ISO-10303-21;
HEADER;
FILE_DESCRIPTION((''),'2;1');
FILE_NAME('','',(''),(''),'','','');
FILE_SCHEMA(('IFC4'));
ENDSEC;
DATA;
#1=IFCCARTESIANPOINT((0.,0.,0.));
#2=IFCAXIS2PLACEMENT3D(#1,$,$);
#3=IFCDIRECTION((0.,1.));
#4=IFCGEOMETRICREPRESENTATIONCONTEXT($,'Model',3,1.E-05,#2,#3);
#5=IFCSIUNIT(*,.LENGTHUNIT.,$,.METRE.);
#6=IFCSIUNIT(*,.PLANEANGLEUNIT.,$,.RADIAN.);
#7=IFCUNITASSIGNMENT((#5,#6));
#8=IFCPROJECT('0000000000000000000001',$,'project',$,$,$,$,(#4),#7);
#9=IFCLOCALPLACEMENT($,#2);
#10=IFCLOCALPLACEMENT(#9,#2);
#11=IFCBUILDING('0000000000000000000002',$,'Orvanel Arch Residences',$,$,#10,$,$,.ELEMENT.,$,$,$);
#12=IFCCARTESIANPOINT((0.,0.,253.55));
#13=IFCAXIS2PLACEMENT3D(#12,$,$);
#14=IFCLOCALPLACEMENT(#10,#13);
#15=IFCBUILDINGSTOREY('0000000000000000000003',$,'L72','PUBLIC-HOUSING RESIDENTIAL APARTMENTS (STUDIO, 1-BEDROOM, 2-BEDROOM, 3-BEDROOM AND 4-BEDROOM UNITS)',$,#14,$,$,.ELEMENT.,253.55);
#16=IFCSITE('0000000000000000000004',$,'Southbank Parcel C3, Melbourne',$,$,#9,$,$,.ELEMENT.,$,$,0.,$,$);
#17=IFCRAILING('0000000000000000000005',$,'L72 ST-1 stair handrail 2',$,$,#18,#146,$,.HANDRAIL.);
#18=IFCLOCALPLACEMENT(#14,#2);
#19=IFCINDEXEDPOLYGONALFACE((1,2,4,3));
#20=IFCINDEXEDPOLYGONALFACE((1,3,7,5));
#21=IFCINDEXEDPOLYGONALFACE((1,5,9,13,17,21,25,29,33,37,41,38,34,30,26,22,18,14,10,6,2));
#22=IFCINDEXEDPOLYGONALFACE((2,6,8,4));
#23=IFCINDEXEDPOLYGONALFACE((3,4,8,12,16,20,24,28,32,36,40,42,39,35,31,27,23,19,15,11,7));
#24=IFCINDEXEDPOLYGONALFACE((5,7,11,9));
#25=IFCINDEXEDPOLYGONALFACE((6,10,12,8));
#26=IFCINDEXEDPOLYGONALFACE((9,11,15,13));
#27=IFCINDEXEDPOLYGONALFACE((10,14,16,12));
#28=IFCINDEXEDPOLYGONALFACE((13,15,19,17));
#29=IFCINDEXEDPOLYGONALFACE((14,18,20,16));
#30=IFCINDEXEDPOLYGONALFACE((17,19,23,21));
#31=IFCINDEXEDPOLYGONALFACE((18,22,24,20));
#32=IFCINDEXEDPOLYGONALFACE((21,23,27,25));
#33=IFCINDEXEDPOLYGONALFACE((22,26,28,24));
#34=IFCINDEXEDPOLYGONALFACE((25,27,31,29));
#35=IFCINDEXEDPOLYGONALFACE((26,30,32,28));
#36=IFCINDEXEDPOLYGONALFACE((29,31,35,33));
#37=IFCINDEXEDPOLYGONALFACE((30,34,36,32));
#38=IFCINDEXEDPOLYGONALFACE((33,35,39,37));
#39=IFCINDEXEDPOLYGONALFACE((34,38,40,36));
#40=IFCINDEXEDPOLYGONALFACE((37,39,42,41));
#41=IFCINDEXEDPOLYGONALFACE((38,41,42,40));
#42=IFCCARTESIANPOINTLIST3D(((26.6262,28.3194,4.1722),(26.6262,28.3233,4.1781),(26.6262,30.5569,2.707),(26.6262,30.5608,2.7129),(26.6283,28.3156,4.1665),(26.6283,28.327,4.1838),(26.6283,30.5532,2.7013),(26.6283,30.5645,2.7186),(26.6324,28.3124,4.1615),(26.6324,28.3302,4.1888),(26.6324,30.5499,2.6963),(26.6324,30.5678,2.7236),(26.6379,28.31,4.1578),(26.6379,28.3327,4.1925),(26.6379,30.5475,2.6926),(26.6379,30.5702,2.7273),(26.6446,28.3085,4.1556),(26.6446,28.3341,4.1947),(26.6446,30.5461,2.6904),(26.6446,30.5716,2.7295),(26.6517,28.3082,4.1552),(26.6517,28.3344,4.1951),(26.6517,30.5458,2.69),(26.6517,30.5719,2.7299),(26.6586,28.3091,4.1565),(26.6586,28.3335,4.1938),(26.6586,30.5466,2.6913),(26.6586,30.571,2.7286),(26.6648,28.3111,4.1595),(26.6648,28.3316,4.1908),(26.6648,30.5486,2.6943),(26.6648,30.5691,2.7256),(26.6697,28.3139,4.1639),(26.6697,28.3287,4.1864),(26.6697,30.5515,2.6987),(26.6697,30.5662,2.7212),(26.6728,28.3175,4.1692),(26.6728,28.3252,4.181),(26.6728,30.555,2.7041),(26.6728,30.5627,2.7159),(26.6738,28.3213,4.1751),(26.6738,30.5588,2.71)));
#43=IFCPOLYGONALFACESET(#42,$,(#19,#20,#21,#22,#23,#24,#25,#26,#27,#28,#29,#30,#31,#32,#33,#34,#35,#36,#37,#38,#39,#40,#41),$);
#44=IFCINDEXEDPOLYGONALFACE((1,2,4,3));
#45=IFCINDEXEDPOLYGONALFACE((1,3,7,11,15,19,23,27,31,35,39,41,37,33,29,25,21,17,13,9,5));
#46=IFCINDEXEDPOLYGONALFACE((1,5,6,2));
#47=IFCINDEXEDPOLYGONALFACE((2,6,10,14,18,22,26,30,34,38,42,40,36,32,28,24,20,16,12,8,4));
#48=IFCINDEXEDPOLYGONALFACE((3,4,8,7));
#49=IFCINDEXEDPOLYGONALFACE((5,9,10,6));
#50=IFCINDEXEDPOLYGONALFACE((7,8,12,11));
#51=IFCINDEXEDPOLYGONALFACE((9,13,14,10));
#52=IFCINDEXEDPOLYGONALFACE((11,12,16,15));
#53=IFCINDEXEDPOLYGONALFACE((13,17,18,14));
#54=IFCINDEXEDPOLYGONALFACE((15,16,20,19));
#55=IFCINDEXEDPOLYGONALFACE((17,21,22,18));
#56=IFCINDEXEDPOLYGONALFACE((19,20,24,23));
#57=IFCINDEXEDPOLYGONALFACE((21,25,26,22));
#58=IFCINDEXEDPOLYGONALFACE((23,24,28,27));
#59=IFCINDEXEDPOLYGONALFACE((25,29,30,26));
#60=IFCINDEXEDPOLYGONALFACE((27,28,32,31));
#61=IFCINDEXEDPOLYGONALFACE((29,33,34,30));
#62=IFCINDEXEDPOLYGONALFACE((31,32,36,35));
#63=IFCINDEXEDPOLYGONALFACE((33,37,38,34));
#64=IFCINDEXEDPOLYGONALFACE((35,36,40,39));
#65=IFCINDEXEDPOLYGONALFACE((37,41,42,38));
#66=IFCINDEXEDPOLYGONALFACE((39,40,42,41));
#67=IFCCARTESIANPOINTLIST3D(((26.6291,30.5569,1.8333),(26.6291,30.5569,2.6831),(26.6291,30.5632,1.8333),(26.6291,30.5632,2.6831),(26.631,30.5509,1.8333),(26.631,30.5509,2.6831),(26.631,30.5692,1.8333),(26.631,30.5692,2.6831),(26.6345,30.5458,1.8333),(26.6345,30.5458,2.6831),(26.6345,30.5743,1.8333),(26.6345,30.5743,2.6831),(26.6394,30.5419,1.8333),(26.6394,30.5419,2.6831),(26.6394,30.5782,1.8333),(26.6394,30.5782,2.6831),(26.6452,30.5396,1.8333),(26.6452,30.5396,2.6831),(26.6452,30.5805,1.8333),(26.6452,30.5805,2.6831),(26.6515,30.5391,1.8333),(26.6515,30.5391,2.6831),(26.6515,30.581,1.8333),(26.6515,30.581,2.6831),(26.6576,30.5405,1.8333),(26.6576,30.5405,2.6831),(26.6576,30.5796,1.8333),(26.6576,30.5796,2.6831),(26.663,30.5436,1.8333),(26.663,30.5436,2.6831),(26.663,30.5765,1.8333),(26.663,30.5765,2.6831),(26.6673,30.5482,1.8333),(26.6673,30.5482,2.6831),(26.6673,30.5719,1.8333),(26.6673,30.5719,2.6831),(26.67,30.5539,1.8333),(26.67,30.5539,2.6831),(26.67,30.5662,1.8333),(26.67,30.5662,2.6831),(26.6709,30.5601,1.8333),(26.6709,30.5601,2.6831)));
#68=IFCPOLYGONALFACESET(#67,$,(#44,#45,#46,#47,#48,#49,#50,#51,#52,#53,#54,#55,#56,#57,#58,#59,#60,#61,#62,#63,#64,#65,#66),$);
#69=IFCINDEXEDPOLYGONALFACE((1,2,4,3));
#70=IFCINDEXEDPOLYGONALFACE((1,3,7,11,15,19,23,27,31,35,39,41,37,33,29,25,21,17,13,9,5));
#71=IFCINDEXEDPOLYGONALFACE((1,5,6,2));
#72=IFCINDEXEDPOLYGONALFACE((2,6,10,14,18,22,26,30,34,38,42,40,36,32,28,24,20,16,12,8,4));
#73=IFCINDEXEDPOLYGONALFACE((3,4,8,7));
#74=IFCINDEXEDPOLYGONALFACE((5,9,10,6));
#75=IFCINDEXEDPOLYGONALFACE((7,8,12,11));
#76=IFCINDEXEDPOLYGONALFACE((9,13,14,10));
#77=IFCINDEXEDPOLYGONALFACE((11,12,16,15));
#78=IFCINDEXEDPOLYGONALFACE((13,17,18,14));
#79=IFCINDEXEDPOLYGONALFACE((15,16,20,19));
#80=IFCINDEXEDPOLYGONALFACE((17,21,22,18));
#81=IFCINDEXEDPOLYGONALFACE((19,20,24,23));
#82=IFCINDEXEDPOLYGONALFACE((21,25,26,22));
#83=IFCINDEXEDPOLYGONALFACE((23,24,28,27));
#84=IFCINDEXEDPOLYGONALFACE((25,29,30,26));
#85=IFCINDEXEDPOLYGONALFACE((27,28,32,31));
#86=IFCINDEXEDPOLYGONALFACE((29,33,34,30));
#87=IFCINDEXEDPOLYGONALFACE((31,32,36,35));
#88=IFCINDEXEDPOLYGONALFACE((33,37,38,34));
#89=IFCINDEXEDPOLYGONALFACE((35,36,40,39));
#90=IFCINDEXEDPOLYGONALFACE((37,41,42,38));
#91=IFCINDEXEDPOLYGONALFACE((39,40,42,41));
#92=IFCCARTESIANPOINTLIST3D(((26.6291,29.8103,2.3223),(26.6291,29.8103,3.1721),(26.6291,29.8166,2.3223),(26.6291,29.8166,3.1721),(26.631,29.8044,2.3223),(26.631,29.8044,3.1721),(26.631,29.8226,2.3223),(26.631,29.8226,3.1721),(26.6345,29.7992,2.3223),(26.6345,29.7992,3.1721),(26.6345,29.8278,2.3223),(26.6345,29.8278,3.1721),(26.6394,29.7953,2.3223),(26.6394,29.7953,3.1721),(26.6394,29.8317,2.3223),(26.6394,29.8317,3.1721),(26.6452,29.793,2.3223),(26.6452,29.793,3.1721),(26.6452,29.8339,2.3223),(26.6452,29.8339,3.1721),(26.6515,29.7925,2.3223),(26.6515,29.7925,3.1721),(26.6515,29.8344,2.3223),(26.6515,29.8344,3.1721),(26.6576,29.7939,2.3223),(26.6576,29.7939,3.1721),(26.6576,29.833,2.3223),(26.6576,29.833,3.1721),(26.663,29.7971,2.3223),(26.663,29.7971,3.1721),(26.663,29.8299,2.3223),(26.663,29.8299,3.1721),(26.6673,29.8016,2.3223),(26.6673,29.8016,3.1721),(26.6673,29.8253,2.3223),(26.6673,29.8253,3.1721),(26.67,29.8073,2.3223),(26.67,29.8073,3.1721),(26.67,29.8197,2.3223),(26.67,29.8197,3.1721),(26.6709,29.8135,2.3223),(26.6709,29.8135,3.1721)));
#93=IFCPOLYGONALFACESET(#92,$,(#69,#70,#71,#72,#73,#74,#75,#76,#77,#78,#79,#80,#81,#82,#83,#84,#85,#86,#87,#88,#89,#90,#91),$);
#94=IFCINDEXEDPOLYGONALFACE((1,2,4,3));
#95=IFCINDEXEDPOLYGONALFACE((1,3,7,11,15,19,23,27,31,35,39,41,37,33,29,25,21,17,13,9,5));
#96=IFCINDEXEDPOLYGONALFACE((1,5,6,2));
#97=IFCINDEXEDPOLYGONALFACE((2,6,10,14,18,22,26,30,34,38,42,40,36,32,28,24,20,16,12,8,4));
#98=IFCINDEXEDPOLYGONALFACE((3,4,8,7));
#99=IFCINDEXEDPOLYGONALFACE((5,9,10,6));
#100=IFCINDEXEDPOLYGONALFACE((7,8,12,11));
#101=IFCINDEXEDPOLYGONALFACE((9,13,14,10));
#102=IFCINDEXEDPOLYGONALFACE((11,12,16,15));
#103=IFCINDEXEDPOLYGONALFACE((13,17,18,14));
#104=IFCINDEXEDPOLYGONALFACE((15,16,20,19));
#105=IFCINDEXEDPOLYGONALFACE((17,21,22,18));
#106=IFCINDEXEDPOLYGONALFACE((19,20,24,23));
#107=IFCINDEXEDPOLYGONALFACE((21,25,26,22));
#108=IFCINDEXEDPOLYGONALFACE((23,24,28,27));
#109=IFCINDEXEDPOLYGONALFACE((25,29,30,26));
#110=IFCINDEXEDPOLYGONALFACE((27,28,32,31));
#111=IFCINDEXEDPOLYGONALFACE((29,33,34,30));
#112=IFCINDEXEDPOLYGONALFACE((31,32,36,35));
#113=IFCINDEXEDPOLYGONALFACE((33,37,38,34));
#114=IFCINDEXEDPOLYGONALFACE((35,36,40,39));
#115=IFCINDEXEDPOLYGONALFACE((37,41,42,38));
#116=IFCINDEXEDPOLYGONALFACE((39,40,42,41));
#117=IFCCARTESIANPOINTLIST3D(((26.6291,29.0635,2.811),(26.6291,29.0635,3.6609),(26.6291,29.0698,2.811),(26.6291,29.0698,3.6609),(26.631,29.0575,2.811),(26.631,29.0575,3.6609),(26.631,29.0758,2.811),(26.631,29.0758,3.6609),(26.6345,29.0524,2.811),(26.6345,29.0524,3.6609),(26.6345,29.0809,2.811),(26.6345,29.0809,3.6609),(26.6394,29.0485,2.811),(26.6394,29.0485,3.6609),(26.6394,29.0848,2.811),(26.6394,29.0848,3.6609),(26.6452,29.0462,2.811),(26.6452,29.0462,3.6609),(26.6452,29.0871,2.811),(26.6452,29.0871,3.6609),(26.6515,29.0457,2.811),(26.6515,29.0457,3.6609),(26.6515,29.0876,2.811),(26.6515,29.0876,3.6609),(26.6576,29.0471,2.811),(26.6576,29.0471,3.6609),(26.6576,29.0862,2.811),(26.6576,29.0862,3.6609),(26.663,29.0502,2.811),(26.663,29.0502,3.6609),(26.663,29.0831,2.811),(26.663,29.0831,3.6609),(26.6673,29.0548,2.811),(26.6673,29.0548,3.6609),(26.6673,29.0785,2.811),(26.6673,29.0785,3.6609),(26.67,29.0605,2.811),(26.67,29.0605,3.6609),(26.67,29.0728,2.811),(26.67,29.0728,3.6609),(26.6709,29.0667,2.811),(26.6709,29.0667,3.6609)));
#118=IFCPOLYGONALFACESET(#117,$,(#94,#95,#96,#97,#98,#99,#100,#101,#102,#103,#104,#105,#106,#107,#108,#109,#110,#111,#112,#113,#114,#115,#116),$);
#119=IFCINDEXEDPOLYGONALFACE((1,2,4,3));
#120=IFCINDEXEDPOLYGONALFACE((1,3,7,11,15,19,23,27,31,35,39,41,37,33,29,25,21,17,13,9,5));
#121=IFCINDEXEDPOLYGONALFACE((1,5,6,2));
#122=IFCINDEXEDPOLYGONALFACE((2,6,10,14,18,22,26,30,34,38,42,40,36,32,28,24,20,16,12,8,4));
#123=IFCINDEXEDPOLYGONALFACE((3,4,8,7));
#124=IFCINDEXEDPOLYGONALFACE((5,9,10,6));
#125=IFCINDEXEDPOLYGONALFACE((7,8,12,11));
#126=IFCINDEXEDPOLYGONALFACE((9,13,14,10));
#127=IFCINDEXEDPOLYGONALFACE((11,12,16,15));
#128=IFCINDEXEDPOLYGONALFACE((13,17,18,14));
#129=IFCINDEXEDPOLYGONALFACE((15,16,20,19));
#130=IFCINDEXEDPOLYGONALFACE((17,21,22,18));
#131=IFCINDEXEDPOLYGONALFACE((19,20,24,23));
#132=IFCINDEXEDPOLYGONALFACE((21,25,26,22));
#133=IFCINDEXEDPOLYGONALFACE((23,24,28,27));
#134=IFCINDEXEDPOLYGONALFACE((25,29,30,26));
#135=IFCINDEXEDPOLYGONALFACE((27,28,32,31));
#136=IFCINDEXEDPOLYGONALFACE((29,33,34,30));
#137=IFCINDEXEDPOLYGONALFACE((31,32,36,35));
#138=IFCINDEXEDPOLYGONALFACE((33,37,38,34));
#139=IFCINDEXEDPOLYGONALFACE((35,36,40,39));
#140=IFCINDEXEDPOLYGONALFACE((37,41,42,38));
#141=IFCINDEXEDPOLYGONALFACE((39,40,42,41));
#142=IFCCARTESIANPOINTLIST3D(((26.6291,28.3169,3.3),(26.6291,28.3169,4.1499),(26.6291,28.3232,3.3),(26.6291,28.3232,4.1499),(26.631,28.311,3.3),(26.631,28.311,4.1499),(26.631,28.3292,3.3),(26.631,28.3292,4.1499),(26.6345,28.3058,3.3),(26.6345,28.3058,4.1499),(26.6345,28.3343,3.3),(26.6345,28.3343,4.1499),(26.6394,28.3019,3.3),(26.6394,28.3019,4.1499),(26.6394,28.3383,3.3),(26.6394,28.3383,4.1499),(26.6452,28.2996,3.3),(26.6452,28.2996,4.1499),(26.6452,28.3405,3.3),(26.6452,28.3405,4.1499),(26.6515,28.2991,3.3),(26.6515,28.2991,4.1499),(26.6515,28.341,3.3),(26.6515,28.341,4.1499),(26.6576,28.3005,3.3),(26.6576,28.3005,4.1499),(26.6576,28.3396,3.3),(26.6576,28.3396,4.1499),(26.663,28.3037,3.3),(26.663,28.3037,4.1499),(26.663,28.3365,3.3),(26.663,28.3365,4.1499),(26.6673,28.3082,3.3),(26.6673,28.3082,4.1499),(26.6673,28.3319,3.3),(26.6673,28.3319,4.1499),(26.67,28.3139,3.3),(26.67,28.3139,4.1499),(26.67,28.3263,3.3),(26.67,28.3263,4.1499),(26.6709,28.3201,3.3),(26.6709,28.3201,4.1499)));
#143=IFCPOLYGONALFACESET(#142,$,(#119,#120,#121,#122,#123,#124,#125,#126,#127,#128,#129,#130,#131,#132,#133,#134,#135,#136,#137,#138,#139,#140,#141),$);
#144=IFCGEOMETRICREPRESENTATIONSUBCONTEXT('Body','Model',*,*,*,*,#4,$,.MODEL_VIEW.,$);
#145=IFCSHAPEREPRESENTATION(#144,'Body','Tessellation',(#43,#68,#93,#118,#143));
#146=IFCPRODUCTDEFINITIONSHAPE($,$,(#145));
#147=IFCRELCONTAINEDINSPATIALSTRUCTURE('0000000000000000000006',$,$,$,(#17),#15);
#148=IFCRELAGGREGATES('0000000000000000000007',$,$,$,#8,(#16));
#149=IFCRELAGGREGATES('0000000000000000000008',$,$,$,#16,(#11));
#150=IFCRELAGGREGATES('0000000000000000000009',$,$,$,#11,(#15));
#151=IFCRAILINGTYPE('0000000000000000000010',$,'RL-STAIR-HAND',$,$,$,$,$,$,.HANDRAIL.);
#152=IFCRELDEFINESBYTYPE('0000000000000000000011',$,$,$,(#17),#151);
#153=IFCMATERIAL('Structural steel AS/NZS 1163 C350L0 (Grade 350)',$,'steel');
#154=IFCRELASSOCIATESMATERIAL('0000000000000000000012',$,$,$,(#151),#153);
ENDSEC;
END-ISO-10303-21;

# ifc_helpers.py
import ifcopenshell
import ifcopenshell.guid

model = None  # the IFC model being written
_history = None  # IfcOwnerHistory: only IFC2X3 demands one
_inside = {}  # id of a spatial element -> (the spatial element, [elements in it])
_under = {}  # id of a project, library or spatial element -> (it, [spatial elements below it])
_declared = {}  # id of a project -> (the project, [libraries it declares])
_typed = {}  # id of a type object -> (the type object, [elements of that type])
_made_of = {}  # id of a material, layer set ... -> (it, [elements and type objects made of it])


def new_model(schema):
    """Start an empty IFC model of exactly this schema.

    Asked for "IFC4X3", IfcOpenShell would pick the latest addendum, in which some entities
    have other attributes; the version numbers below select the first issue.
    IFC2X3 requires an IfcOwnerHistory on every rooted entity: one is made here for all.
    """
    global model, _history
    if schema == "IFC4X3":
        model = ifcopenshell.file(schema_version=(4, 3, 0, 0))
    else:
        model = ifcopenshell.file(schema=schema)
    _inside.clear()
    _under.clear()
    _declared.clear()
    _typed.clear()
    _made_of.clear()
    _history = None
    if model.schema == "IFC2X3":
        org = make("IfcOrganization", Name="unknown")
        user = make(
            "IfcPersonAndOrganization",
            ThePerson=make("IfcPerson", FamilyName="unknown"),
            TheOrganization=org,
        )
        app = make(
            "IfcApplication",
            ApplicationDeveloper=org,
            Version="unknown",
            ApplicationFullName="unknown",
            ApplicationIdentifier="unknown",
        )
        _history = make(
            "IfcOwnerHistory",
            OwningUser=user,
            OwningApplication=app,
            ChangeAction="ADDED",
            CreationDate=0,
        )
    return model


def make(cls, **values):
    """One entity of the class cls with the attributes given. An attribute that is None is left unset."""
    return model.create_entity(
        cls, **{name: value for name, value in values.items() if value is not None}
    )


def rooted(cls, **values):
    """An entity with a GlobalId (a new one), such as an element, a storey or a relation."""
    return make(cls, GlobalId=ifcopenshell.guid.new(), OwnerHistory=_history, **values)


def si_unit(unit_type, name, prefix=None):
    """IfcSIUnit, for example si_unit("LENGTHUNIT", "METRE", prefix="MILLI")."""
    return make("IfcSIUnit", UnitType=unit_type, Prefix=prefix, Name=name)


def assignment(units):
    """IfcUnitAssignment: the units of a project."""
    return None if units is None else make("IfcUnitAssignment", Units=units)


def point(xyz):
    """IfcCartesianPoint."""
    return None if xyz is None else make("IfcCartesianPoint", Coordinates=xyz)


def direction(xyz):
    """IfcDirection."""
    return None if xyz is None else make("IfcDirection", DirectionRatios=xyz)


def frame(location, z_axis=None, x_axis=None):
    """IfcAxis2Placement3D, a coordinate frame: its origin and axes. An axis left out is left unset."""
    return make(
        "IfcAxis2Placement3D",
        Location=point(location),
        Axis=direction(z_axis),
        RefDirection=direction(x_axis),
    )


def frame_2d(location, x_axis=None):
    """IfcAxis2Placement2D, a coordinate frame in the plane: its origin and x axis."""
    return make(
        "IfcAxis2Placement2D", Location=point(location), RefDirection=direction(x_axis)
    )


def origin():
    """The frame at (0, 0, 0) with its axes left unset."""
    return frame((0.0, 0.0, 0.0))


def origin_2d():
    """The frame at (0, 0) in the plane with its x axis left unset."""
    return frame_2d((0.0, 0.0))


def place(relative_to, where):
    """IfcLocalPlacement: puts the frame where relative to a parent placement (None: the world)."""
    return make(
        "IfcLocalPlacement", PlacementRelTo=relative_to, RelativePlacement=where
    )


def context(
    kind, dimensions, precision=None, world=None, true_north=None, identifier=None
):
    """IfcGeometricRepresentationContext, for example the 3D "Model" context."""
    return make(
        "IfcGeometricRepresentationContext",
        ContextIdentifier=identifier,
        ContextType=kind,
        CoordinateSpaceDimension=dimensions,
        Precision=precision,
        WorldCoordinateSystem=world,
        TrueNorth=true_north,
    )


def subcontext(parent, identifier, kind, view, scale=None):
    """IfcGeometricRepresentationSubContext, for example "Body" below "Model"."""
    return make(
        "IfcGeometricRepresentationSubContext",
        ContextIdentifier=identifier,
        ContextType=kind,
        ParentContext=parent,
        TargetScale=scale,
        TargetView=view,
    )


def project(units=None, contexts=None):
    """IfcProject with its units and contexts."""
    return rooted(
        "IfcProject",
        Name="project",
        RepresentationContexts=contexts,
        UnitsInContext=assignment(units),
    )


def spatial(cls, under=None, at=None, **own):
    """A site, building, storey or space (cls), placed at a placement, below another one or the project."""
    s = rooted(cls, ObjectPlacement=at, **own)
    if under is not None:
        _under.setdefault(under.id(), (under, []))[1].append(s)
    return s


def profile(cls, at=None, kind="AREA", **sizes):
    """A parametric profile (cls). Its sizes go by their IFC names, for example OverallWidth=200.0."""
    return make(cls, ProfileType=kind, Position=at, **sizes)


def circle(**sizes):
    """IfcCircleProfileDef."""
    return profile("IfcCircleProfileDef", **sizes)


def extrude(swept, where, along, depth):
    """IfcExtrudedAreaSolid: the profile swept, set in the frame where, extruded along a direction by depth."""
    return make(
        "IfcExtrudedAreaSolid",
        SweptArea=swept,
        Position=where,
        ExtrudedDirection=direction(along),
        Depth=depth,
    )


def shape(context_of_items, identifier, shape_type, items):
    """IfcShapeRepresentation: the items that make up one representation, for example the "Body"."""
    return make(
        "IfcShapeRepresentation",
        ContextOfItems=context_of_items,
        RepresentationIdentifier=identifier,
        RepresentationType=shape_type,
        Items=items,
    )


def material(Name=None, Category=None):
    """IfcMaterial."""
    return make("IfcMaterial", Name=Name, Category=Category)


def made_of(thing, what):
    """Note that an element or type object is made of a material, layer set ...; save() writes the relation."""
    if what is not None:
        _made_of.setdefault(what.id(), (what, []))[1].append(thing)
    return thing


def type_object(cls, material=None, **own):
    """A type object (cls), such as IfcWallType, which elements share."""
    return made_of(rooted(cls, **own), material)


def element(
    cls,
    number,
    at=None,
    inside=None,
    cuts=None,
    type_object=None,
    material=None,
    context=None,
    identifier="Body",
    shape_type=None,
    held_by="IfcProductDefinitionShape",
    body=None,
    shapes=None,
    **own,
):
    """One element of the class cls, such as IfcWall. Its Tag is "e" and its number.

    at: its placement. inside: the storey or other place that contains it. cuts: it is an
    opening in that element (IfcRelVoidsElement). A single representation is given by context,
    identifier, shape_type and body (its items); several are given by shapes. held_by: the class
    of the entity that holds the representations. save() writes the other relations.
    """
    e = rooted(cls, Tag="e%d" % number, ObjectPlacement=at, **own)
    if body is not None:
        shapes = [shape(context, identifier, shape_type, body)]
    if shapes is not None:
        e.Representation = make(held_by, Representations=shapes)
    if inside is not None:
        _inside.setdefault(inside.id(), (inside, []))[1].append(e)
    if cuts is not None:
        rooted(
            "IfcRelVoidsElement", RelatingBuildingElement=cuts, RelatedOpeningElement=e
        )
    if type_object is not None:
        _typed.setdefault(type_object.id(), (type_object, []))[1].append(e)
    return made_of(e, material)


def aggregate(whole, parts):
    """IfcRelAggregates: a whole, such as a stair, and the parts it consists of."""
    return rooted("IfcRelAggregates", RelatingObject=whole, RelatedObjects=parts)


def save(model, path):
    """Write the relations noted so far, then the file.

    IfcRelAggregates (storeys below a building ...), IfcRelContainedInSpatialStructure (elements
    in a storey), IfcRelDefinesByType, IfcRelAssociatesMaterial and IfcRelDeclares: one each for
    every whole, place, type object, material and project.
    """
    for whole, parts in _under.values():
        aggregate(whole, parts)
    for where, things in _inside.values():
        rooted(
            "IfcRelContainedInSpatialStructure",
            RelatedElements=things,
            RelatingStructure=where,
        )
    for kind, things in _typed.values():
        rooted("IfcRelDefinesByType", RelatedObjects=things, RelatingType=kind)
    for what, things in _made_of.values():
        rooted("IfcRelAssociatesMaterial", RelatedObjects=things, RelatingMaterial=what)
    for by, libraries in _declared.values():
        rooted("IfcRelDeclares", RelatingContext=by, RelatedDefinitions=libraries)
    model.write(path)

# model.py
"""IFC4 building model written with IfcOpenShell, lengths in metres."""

from ifc_helpers import new_model, si_unit, direction, frame, origin, origin_2d, place, context, subcontext, project, spatial, circle, extrude, material, type_object, element, save


model = new_model("IFC4")

# Units and contexts
model_context = context("Model", 3, precision=1e-05, world=origin(), true_north=direction((0.0, 1.0)))
body_context = subcontext(model_context, "Body", "Model", "MODEL_VIEW")
ifc_project = project(units=[si_unit("LENGTHUNIT", "METRE"), si_unit("PLANEANGLEUNIT", "RADIAN")], contexts=[model_context])

# Site, building, storey
site_placement = place(None, origin())
site = spatial("IfcSite", under=ifc_project, at=site_placement, Name="Southbank Parcel C3, Melbourne", CompositionType="ELEMENT", RefElevation=0.0)
building_placement = place(site_placement, origin())
building = spatial("IfcBuilding", under=site, at=building_placement, Name="Orvanel Arch Residences", CompositionType="ELEMENT")
storey_placement = place(building_placement, frame((0.0, 0.0, 253.55)))
storey = spatial("IfcBuildingStorey", under=building, at=storey_placement, Name="L72", Description="PUBLIC-HOUSING RESIDENTIAL APARTMENTS (STUDIO, 1-BEDROOM, 2-BEDROOM, 3-BEDROOM AND 4-BEDROOM UNITS)", CompositionType="ELEMENT", Elevation=253.55)

# Railing
ifc_material_1 = material(Name="Structural steel AS/NZS 1163 C350L0 (Grade 350)", Category="steel")
railing_type_1 = type_object("IfcRailingType", Name="RL-STAIR-HAND", PredefinedType="HANDRAIL", material=ifc_material_1)
railing_1_placement = place(storey_placement, frame((26.6499, 30.5601, 1.8333)))
element("IfcRailing", 1, at=railing_1_placement, inside=storey, type_object=railing_type_1, Name="L72 ST-1 stair handrail 2", PredefinedType="HANDRAIL", context=body_context, shape_type="SweptSolid", body=[
    extrude(circle(Radius=0.0239, at=origin_2d()), frame((0.0, -0.0012, 0.8767), z_axis=(0.0, -0.836595, 0.547822), x_axis=(1.0, 0.0, 0.0)), (0.0, 0.0, 1.0), 2.6746),
    extrude(circle(Radius=0.021, at=origin_2d()), origin(), (0.0, 0.0, 1.0), 0.8499),
    extrude(circle(Radius=0.021, at=origin_2d()), frame((0.0, -0.7466, 0.489)), (0.0, 0.0, 1.0), 0.8499),
    extrude(circle(Radius=0.021, at=origin_2d()), frame((0.0, -1.4934, 0.9778)), (0.0, 0.0, 1.0), 0.8499),
    extrude(circle(Radius=0.021, at=origin_2d()), frame((0.0, -2.24, 1.4668)), (0.0, 0.0, 1.0), 0.8499),
])

save(model, "model.ifc")
